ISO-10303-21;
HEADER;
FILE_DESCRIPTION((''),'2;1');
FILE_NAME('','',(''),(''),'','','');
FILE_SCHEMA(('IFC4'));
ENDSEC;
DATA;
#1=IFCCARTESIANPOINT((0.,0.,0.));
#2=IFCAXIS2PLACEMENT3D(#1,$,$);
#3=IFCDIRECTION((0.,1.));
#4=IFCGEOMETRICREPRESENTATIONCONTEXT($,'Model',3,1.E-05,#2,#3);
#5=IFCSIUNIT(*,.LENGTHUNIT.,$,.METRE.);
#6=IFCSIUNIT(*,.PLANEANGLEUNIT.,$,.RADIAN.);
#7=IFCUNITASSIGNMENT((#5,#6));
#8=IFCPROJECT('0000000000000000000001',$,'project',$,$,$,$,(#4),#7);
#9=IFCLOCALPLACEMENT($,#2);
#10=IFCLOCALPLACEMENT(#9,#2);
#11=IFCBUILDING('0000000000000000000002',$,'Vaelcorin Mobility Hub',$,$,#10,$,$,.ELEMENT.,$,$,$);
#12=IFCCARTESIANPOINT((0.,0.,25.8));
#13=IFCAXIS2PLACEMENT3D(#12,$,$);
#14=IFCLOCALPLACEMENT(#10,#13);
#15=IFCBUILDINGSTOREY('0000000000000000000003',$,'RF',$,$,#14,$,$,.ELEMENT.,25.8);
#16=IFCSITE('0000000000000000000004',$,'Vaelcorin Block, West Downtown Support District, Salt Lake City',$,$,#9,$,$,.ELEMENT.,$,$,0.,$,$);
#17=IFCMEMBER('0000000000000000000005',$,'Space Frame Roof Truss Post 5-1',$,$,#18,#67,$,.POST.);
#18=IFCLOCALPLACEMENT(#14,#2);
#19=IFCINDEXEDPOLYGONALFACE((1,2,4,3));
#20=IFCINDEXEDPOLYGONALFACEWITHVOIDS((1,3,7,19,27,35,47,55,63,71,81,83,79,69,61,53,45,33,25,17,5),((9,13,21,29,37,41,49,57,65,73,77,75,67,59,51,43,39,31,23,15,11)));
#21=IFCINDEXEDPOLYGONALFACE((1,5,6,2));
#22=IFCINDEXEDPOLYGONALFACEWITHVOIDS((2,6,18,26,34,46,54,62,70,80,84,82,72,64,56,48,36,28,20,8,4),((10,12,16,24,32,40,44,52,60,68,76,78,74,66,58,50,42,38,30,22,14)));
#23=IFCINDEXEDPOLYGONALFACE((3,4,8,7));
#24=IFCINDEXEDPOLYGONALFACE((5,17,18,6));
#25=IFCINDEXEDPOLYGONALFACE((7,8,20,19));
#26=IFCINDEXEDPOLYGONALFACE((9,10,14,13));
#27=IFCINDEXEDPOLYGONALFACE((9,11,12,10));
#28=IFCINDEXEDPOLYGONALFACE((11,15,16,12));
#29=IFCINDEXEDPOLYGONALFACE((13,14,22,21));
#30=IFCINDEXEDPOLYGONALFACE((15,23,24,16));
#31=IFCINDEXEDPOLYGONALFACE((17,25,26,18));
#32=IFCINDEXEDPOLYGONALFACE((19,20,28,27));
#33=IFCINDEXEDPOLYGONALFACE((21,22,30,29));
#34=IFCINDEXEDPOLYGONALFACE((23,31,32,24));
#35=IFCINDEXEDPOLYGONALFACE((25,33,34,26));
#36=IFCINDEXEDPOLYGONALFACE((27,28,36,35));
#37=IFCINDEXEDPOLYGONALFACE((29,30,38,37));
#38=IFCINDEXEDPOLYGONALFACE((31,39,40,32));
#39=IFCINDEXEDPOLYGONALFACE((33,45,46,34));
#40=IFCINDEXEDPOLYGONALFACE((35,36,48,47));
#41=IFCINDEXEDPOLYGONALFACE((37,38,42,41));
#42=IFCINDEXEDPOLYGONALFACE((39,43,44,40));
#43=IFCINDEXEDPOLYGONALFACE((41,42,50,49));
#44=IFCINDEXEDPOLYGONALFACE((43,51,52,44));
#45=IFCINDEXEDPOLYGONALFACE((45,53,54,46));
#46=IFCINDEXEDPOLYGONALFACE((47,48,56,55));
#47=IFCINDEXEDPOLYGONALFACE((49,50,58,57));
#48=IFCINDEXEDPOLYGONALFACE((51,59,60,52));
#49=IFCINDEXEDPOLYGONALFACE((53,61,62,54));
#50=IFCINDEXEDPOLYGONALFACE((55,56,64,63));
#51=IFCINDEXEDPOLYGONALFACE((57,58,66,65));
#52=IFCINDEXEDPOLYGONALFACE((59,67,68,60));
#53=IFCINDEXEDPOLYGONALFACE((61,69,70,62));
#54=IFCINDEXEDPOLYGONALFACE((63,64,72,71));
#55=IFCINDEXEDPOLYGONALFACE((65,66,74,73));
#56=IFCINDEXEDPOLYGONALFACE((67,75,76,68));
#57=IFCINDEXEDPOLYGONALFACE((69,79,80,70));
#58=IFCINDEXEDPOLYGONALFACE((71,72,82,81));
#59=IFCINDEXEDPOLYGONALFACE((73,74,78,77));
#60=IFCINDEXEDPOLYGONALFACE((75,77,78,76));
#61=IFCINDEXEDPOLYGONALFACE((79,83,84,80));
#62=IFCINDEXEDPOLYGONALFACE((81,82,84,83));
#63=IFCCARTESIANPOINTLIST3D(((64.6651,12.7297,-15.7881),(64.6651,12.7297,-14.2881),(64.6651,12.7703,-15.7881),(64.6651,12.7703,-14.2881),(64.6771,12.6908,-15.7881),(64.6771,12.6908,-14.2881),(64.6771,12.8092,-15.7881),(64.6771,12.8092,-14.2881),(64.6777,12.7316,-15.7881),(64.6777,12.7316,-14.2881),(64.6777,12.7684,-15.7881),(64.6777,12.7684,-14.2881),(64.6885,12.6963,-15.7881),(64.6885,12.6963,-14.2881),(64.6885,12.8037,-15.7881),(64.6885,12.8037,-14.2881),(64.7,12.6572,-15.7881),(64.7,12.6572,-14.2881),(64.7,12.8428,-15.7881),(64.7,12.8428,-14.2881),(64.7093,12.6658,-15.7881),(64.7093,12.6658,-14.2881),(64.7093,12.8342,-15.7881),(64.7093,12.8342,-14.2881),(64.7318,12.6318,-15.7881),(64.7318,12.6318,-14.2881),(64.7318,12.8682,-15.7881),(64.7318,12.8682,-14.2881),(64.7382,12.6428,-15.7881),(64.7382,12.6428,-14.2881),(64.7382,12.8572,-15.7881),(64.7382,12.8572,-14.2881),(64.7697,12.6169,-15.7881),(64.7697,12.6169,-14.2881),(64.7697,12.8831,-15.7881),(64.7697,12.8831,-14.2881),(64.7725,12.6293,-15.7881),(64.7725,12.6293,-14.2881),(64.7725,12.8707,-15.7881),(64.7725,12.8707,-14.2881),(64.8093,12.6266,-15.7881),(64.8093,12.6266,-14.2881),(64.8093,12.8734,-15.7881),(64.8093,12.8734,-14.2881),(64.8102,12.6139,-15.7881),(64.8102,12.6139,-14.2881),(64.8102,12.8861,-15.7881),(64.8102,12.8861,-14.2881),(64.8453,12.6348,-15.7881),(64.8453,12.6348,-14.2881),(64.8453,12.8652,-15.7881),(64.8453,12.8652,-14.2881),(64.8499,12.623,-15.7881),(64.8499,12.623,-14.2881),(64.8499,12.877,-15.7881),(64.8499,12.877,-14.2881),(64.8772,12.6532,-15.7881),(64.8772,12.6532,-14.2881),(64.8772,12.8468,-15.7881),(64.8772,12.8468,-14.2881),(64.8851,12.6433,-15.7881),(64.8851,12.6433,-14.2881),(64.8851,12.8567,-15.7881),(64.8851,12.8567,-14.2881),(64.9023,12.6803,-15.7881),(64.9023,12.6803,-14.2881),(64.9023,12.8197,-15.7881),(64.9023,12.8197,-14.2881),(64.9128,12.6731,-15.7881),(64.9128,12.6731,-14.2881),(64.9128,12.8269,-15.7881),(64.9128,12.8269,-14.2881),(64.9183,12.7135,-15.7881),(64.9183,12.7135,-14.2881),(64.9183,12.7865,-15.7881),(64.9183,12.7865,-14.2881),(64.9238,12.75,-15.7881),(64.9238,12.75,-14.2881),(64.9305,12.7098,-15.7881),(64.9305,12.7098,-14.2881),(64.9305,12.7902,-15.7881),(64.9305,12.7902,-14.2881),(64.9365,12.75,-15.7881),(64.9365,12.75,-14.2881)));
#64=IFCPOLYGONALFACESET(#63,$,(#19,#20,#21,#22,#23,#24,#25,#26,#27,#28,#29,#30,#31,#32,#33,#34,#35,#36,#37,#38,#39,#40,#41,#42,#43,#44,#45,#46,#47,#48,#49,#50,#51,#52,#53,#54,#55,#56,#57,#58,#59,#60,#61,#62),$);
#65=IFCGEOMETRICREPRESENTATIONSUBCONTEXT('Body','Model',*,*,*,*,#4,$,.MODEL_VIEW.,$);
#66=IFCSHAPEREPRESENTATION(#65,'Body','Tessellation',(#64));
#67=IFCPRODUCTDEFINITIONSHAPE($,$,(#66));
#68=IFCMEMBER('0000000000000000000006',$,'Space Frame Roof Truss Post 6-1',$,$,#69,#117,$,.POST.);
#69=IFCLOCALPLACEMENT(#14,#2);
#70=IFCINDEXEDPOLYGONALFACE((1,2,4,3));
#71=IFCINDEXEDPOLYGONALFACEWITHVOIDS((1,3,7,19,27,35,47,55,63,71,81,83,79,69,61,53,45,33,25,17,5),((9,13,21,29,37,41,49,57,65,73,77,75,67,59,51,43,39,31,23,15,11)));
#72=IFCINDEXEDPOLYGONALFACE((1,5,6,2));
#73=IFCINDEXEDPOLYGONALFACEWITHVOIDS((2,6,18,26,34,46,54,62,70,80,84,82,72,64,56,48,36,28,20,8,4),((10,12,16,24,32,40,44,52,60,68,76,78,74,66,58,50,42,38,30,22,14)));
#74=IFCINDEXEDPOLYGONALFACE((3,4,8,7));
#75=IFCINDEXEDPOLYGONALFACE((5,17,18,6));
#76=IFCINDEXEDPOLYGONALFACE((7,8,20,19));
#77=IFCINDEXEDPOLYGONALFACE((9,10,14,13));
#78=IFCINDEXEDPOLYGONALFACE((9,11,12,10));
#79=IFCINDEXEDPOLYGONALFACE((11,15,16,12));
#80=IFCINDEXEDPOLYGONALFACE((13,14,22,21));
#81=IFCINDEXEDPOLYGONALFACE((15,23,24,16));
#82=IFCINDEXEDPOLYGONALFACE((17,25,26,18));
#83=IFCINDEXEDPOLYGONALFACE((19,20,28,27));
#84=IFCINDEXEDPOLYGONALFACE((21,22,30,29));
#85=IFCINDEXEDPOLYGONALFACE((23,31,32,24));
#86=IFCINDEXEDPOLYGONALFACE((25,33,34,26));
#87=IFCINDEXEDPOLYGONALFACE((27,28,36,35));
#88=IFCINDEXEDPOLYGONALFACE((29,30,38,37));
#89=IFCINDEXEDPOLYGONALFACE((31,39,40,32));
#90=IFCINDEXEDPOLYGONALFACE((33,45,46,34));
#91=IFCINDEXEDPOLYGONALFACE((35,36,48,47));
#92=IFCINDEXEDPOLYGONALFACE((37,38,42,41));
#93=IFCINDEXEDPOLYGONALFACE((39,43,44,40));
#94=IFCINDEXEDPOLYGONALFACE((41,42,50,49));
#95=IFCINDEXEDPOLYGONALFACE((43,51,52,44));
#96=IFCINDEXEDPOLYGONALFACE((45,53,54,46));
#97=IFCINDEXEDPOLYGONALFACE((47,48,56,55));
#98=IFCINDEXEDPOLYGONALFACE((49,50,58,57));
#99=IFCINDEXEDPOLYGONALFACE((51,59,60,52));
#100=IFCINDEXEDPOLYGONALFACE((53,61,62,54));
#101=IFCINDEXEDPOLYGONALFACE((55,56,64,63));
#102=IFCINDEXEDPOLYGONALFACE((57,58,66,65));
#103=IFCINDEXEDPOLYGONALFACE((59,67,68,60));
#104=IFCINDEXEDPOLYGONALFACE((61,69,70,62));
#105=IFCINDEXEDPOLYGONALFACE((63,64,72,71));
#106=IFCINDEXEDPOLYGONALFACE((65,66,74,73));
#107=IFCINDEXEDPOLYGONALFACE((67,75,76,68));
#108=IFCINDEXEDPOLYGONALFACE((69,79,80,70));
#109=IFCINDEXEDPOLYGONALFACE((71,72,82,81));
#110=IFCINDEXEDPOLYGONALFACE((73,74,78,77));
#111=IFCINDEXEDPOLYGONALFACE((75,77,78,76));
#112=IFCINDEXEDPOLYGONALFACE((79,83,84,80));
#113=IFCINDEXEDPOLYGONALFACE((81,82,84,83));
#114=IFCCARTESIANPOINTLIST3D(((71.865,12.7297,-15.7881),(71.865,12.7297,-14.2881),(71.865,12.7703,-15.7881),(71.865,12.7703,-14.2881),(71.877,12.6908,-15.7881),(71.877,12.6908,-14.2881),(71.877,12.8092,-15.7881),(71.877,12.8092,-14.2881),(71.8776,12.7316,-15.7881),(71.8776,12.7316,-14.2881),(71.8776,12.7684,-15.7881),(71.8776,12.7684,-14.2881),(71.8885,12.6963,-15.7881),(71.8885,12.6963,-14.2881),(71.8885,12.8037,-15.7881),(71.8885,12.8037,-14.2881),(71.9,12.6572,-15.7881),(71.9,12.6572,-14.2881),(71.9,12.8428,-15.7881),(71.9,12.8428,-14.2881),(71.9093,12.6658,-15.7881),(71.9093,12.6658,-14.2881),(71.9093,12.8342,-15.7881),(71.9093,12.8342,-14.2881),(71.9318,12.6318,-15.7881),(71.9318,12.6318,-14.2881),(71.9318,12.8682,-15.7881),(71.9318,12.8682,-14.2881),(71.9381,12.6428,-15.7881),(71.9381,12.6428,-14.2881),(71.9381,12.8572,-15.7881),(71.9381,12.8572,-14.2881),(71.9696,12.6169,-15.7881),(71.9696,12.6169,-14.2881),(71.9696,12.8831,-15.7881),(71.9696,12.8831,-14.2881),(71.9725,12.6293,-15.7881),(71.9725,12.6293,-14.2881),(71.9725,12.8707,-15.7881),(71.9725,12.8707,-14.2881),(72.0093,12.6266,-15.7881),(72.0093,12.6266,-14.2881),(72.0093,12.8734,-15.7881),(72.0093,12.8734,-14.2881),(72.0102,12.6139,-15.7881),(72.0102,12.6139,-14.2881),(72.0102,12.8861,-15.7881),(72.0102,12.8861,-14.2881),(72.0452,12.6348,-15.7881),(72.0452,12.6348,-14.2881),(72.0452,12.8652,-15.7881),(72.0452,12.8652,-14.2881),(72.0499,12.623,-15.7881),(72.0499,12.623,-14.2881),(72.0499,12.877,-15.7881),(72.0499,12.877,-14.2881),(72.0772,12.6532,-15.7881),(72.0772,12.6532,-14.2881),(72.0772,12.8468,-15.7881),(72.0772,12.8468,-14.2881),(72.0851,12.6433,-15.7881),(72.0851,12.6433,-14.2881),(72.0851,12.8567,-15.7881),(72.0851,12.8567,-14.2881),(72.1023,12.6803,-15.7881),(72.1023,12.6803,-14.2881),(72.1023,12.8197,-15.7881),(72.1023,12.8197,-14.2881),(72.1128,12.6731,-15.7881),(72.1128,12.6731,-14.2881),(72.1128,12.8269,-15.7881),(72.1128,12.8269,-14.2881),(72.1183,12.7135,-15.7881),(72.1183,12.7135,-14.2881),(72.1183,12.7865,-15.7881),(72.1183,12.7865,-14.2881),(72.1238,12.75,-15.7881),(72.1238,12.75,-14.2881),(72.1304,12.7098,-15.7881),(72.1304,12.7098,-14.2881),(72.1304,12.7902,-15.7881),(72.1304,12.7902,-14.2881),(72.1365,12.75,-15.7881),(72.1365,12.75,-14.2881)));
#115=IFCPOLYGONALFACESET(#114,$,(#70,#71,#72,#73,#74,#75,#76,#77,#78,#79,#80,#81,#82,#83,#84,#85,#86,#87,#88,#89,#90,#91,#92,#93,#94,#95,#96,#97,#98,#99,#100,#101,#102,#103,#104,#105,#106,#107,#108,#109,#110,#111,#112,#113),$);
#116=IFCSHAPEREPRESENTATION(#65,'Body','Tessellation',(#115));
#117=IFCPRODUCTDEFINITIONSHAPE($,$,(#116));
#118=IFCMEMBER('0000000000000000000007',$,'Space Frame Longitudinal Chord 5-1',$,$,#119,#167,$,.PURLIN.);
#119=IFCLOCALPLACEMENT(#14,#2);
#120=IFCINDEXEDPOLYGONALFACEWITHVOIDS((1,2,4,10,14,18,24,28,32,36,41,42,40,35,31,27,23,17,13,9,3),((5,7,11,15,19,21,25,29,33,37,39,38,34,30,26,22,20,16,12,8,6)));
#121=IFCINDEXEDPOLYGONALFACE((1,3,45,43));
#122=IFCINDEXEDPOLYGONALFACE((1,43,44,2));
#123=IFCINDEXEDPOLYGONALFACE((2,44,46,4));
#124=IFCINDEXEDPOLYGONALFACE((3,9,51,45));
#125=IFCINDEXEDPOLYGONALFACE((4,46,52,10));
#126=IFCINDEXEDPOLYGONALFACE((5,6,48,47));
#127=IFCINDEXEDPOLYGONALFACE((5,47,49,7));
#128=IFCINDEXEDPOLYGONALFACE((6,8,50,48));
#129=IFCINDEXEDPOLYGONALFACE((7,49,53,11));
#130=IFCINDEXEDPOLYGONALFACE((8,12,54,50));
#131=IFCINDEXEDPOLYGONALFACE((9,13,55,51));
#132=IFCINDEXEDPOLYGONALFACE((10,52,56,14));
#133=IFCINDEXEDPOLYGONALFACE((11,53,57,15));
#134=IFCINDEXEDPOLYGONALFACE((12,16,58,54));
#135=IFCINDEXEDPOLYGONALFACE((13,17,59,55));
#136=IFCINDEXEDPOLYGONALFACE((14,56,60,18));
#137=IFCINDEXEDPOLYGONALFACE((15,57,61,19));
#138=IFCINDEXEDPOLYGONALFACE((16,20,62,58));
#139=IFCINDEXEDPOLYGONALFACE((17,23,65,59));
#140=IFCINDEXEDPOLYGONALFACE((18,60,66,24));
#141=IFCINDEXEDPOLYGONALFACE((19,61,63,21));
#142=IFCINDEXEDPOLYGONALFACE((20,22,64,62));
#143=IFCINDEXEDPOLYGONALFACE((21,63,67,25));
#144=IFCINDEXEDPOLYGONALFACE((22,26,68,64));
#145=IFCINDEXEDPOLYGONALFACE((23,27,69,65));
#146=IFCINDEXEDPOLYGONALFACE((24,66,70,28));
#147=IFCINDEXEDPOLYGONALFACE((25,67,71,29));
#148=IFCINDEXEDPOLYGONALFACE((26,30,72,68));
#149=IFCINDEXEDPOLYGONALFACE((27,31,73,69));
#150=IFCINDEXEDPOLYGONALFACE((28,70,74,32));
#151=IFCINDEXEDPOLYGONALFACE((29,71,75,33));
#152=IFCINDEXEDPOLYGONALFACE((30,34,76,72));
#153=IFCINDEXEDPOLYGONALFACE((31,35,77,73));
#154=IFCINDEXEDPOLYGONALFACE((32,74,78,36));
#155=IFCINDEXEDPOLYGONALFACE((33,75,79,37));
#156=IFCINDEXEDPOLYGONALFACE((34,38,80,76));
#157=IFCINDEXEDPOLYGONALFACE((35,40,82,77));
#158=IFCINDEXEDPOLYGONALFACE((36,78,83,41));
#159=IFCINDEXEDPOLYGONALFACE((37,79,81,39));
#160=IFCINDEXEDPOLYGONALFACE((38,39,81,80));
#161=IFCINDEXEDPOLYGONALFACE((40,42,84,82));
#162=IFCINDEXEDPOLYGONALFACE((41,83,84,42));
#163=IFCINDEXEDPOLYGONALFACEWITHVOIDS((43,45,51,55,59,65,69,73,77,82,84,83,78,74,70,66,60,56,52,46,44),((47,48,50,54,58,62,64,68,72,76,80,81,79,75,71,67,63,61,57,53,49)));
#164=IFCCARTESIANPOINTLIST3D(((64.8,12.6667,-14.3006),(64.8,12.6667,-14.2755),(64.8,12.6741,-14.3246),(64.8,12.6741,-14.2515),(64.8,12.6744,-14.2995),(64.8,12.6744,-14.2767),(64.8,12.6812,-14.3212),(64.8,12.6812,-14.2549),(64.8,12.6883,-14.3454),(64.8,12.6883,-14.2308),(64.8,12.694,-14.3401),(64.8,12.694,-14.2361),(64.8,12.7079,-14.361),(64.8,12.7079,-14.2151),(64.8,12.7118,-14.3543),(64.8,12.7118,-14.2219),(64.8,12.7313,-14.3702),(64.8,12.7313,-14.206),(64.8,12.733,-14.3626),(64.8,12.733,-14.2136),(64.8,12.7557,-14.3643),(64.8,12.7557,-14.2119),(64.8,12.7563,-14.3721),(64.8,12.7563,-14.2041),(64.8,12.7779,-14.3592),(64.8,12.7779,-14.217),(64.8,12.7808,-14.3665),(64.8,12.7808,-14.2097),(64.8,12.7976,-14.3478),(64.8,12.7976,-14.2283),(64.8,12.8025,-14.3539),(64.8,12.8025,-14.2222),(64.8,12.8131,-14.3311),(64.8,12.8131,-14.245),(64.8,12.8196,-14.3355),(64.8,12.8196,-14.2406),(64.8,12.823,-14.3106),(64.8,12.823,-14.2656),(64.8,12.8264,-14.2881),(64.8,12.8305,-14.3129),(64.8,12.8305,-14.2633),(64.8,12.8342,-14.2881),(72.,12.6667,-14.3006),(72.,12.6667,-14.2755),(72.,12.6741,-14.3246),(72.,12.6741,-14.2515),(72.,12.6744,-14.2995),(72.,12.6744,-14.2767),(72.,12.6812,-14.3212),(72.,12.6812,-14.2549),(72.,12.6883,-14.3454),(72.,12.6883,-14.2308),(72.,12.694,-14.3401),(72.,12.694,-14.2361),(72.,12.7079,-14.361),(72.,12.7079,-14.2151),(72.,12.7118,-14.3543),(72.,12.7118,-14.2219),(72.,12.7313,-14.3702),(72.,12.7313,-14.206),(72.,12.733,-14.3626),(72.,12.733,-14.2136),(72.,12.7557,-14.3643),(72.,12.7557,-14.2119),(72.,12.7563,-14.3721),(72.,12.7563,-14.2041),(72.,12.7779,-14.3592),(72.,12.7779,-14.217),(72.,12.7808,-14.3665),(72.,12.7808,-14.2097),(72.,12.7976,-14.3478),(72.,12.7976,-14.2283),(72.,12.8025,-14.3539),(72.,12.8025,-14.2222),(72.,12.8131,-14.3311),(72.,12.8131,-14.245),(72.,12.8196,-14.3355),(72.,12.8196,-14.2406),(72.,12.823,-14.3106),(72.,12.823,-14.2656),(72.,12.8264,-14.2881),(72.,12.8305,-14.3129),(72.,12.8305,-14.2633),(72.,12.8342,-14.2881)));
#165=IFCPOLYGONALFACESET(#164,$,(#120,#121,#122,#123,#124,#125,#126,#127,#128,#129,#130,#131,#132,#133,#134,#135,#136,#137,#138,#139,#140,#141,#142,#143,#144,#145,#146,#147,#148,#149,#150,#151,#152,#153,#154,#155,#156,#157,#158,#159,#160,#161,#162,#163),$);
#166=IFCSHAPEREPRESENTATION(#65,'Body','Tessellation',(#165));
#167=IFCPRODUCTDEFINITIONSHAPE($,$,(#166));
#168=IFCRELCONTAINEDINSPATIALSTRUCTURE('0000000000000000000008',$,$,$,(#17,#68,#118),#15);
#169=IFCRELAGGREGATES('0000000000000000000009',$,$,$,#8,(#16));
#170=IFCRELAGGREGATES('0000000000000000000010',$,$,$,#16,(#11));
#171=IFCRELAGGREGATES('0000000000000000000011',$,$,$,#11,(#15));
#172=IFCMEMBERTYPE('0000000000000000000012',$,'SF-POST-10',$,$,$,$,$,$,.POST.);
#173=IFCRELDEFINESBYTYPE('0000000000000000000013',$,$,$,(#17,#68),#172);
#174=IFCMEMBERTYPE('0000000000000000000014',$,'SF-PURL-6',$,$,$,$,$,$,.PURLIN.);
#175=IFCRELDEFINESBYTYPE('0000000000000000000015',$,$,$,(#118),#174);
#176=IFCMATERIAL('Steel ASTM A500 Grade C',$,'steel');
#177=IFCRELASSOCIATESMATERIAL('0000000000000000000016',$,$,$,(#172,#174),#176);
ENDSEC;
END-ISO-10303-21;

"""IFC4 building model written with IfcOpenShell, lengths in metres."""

from ifc_helpers import new_model, si_unit, direction, frame, origin, origin_2d, place, context, subcontext, project, spatial, hollow_circle, extrude, material, material_profile, profile_set, type_object, element, save


model = new_model("IFC4")

# Units and contexts
model_context = context("Model", 3, precision=1e-05, world=origin(), true_north=direction((0.0, 1.0)))
body_context = subcontext(model_context, "Body", "Model", "MODEL_VIEW")
ifc_project = project(units=[si_unit("LENGTHUNIT", "METRE"), si_unit("PLANEANGLEUNIT", "RADIAN")], contexts=[model_context])

# Site, building, storey
site_placement = place(None, origin())
site = spatial("IfcSite", under=ifc_project, at=site_placement, Name="Vaelcorin Block, West Downtown Support District, Salt Lake City", CompositionType="ELEMENT", RefElevation=0.0)
building_placement = place(site_placement, origin())
building = spatial("IfcBuilding", under=site, at=building_placement, Name="Vaelcorin Mobility Hub", CompositionType="ELEMENT")
storey_placement = place(building_placement, frame((0.0, 0.0, 25.8)))
storey = spatial("IfcBuildingStorey", under=building, at=storey_placement, Name="RF", CompositionType="ELEMENT", Elevation=25.8)

# Members
ifc_material_1 = material(Name="Steel ASTM A500 Grade C", Category="steel")
ifc_material_profile_1 = material_profile(ifc_material_1, hollow_circle(Radius=0.1365, WallThickness=0.0127, at=origin_2d()), Name="HSS10.750X0.500")
ifc_profile_set_1 = profile_set([ifc_material_profile_1], Name="Steel ASTM A500 Grade C")
member_type_1 = type_object("IfcMemberType", Name="SF-POST-10", PredefinedType="POST", material=ifc_profile_set_1)
for number, where, z_axis, x_axis, name in (
    (1, (64.8, 12.75, -15.7881), (0.0, 0.0, 1.0), (1.0, 0.0, 0.0), "Space Frame Roof Truss Post 5-1"),
    (2, (72.0, 12.75, -15.7881), (0.0, 0.0, 1.0), (1.0, 0.0, 0.0), "Space Frame Roof Truss Post 6-1"),
):
    element("IfcMember", number, at=place(storey_placement, frame(where, z_axis=z_axis, x_axis=x_axis)), inside=storey, type_object=member_type_1, Name=name, PredefinedType="POST", context=body_context, shape_type="SweptSolid", body=[
        extrude(hollow_circle(Radius=0.1365, WallThickness=0.0127, at=origin_2d()), origin(), (0.0, 0.0, 1.0), 1.5),
    ])
ifc_material_profile_2 = material_profile(ifc_material_1, hollow_circle(Radius=0.0842, WallThickness=0.0078, at=origin_2d()), Name="HSS6.625X0.312")
ifc_profile_set_2 = profile_set([ifc_material_profile_2], Name="Steel ASTM A500 Grade C")
member_type_2 = type_object("IfcMemberType", Name="SF-PURL-6", PredefinedType="PURLIN", material=ifc_profile_set_2)
member_1_placement = place(storey_placement, frame((64.8, 12.75, -14.2881), z_axis=(1.0, 0.0, 0.0), x_axis=(0.0, 1.0, 0.0)))
element("IfcMember", 3, at=member_1_placement, inside=storey, type_object=member_type_2, Name="Space Frame Longitudinal Chord 5-1", PredefinedType="PURLIN", context=body_context, shape_type="SweptSolid", body=[
    extrude(hollow_circle(Radius=0.0842, WallThickness=0.0078, at=origin_2d()), origin(), (0.0, 0.0, 1.0), 7.2),
])

save(model, "model.ifc")
